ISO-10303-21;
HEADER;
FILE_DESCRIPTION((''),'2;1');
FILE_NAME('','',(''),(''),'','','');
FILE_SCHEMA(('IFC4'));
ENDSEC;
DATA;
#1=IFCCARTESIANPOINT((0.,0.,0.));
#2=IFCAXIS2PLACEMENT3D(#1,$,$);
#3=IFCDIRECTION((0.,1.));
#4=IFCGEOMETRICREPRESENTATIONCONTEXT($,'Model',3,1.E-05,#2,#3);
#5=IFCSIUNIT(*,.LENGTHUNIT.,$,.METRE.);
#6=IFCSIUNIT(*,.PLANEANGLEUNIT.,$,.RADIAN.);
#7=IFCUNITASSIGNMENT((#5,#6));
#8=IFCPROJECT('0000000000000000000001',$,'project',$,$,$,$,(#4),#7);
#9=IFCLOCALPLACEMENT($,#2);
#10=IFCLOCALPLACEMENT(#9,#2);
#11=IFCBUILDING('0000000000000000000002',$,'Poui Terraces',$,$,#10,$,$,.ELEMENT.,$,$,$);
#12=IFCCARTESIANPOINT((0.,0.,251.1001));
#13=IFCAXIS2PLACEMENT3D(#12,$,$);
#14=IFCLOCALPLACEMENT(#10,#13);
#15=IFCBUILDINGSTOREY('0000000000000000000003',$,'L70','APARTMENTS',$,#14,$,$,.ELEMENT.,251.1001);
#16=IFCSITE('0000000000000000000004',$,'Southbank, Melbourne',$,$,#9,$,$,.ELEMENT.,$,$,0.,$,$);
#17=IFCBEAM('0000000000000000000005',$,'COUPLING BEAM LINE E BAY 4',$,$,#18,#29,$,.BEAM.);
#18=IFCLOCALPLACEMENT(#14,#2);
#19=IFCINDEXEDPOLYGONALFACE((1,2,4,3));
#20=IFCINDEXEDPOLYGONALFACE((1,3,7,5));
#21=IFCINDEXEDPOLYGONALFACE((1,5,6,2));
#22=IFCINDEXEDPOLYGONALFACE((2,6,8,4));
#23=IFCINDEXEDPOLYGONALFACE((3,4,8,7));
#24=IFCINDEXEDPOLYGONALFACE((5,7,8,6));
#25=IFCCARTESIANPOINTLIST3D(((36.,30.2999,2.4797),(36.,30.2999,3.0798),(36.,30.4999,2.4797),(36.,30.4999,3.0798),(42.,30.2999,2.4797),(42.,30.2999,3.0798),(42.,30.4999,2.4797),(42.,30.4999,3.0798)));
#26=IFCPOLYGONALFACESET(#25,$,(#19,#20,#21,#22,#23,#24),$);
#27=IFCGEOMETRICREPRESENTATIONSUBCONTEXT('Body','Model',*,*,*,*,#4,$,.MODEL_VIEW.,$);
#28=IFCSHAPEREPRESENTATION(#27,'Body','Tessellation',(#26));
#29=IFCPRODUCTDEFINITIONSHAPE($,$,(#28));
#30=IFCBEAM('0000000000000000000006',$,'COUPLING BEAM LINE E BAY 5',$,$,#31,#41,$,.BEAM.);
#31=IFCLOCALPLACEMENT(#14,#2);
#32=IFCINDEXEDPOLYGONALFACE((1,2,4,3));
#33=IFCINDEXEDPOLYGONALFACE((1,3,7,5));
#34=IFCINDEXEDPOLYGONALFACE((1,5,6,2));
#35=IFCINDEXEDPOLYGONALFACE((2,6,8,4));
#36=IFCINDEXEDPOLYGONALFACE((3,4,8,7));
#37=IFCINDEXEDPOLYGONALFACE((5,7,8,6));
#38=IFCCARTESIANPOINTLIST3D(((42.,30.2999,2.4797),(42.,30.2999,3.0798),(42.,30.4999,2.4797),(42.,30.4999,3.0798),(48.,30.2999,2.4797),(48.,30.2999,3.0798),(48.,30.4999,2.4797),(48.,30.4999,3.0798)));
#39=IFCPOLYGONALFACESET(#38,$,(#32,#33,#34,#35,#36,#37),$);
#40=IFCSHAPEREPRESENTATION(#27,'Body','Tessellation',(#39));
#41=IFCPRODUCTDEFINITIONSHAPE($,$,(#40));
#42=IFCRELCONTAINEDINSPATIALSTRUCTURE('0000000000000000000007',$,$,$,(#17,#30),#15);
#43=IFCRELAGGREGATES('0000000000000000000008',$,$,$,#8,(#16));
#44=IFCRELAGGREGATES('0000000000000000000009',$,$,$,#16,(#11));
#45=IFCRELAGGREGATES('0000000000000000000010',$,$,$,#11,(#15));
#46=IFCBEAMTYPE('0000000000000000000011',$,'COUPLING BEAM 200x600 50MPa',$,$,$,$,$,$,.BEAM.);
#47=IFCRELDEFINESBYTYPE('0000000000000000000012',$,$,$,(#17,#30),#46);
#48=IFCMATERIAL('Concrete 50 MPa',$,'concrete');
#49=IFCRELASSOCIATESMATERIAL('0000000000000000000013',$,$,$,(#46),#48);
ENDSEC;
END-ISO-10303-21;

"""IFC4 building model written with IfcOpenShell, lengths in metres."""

from ifc_helpers import new_model, si_unit, direction, frame, origin, origin_2d, place, context, subcontext, project, spatial, rectangle, extrude, source, transform, mapped, material, material_profile, profile_set, type_object, element, save


model = new_model("IFC4")

# Units and contexts
model_context = context("Model", 3, precision=1e-05, world=origin(), true_north=direction((0.0, 1.0)))
body_context = subcontext(model_context, "Body", "Model", "MODEL_VIEW")
ifc_project = project(units=[si_unit("LENGTHUNIT", "METRE"), si_unit("PLANEANGLEUNIT", "RADIAN")], contexts=[model_context])

# Site, building, storey
site_placement = place(None, origin())
site = spatial("IfcSite", under=ifc_project, at=site_placement, Name="Southbank, Melbourne", CompositionType="ELEMENT", RefElevation=0.0)
building_placement = place(site_placement, origin())
building = spatial("IfcBuilding", under=site, at=building_placement, Name="Poui Terraces", CompositionType="ELEMENT")
storey_placement = place(building_placement, frame((0.0, 0.0, 251.1001)))
storey = spatial("IfcBuildingStorey", under=building, at=storey_placement, Name="L70", Description="APARTMENTS", CompositionType="ELEMENT", Elevation=251.1001)

# Beams
ifc_material_1 = material(Name="Concrete 50 MPa", Category="concrete")
ifc_material_profile = material_profile(ifc_material_1, rectangle(XDim=0.2, YDim=0.6001, at=origin_2d()), Name="RC 200x600")
ifc_profile_set = profile_set([ifc_material_profile], Name="Concrete 50 MPa")
beam_type = type_object("IfcBeamType", Name="COUPLING BEAM 200x600 50MPa", PredefinedType="BEAM", material=ifc_profile_set)
shared_shape = source(origin(), body_context, "Body", "SweptSolid", [
    extrude(rectangle(XDim=0.2, YDim=0.6001, at=origin_2d()), origin(), (0.0, 0.0, 1.0), 6.0),
])
for number, where, z_axis, x_axis, name in (
    (1, (36.0, 30.3999, 2.7798), (1.0, 0.0, 0.0), (0.0, 1.0, 0.0), "COUPLING BEAM LINE E BAY 4"),
    (2, (42.0, 30.3999, 2.7798), (1.0, 0.0, 0.0), (0.0, 1.0, 0.0), "COUPLING BEAM LINE E BAY 5"),
):
    element("IfcBeam", number, at=place(storey_placement, frame(where, z_axis=z_axis, x_axis=x_axis)), inside=storey, type_object=beam_type, Name=name, PredefinedType="BEAM", context=body_context, shape_type="MappedRepresentation", body=[
        mapped(shared_shape, transform((0.0, 0.0, 0.0))),
    ])

save(model, "model.ifc")
